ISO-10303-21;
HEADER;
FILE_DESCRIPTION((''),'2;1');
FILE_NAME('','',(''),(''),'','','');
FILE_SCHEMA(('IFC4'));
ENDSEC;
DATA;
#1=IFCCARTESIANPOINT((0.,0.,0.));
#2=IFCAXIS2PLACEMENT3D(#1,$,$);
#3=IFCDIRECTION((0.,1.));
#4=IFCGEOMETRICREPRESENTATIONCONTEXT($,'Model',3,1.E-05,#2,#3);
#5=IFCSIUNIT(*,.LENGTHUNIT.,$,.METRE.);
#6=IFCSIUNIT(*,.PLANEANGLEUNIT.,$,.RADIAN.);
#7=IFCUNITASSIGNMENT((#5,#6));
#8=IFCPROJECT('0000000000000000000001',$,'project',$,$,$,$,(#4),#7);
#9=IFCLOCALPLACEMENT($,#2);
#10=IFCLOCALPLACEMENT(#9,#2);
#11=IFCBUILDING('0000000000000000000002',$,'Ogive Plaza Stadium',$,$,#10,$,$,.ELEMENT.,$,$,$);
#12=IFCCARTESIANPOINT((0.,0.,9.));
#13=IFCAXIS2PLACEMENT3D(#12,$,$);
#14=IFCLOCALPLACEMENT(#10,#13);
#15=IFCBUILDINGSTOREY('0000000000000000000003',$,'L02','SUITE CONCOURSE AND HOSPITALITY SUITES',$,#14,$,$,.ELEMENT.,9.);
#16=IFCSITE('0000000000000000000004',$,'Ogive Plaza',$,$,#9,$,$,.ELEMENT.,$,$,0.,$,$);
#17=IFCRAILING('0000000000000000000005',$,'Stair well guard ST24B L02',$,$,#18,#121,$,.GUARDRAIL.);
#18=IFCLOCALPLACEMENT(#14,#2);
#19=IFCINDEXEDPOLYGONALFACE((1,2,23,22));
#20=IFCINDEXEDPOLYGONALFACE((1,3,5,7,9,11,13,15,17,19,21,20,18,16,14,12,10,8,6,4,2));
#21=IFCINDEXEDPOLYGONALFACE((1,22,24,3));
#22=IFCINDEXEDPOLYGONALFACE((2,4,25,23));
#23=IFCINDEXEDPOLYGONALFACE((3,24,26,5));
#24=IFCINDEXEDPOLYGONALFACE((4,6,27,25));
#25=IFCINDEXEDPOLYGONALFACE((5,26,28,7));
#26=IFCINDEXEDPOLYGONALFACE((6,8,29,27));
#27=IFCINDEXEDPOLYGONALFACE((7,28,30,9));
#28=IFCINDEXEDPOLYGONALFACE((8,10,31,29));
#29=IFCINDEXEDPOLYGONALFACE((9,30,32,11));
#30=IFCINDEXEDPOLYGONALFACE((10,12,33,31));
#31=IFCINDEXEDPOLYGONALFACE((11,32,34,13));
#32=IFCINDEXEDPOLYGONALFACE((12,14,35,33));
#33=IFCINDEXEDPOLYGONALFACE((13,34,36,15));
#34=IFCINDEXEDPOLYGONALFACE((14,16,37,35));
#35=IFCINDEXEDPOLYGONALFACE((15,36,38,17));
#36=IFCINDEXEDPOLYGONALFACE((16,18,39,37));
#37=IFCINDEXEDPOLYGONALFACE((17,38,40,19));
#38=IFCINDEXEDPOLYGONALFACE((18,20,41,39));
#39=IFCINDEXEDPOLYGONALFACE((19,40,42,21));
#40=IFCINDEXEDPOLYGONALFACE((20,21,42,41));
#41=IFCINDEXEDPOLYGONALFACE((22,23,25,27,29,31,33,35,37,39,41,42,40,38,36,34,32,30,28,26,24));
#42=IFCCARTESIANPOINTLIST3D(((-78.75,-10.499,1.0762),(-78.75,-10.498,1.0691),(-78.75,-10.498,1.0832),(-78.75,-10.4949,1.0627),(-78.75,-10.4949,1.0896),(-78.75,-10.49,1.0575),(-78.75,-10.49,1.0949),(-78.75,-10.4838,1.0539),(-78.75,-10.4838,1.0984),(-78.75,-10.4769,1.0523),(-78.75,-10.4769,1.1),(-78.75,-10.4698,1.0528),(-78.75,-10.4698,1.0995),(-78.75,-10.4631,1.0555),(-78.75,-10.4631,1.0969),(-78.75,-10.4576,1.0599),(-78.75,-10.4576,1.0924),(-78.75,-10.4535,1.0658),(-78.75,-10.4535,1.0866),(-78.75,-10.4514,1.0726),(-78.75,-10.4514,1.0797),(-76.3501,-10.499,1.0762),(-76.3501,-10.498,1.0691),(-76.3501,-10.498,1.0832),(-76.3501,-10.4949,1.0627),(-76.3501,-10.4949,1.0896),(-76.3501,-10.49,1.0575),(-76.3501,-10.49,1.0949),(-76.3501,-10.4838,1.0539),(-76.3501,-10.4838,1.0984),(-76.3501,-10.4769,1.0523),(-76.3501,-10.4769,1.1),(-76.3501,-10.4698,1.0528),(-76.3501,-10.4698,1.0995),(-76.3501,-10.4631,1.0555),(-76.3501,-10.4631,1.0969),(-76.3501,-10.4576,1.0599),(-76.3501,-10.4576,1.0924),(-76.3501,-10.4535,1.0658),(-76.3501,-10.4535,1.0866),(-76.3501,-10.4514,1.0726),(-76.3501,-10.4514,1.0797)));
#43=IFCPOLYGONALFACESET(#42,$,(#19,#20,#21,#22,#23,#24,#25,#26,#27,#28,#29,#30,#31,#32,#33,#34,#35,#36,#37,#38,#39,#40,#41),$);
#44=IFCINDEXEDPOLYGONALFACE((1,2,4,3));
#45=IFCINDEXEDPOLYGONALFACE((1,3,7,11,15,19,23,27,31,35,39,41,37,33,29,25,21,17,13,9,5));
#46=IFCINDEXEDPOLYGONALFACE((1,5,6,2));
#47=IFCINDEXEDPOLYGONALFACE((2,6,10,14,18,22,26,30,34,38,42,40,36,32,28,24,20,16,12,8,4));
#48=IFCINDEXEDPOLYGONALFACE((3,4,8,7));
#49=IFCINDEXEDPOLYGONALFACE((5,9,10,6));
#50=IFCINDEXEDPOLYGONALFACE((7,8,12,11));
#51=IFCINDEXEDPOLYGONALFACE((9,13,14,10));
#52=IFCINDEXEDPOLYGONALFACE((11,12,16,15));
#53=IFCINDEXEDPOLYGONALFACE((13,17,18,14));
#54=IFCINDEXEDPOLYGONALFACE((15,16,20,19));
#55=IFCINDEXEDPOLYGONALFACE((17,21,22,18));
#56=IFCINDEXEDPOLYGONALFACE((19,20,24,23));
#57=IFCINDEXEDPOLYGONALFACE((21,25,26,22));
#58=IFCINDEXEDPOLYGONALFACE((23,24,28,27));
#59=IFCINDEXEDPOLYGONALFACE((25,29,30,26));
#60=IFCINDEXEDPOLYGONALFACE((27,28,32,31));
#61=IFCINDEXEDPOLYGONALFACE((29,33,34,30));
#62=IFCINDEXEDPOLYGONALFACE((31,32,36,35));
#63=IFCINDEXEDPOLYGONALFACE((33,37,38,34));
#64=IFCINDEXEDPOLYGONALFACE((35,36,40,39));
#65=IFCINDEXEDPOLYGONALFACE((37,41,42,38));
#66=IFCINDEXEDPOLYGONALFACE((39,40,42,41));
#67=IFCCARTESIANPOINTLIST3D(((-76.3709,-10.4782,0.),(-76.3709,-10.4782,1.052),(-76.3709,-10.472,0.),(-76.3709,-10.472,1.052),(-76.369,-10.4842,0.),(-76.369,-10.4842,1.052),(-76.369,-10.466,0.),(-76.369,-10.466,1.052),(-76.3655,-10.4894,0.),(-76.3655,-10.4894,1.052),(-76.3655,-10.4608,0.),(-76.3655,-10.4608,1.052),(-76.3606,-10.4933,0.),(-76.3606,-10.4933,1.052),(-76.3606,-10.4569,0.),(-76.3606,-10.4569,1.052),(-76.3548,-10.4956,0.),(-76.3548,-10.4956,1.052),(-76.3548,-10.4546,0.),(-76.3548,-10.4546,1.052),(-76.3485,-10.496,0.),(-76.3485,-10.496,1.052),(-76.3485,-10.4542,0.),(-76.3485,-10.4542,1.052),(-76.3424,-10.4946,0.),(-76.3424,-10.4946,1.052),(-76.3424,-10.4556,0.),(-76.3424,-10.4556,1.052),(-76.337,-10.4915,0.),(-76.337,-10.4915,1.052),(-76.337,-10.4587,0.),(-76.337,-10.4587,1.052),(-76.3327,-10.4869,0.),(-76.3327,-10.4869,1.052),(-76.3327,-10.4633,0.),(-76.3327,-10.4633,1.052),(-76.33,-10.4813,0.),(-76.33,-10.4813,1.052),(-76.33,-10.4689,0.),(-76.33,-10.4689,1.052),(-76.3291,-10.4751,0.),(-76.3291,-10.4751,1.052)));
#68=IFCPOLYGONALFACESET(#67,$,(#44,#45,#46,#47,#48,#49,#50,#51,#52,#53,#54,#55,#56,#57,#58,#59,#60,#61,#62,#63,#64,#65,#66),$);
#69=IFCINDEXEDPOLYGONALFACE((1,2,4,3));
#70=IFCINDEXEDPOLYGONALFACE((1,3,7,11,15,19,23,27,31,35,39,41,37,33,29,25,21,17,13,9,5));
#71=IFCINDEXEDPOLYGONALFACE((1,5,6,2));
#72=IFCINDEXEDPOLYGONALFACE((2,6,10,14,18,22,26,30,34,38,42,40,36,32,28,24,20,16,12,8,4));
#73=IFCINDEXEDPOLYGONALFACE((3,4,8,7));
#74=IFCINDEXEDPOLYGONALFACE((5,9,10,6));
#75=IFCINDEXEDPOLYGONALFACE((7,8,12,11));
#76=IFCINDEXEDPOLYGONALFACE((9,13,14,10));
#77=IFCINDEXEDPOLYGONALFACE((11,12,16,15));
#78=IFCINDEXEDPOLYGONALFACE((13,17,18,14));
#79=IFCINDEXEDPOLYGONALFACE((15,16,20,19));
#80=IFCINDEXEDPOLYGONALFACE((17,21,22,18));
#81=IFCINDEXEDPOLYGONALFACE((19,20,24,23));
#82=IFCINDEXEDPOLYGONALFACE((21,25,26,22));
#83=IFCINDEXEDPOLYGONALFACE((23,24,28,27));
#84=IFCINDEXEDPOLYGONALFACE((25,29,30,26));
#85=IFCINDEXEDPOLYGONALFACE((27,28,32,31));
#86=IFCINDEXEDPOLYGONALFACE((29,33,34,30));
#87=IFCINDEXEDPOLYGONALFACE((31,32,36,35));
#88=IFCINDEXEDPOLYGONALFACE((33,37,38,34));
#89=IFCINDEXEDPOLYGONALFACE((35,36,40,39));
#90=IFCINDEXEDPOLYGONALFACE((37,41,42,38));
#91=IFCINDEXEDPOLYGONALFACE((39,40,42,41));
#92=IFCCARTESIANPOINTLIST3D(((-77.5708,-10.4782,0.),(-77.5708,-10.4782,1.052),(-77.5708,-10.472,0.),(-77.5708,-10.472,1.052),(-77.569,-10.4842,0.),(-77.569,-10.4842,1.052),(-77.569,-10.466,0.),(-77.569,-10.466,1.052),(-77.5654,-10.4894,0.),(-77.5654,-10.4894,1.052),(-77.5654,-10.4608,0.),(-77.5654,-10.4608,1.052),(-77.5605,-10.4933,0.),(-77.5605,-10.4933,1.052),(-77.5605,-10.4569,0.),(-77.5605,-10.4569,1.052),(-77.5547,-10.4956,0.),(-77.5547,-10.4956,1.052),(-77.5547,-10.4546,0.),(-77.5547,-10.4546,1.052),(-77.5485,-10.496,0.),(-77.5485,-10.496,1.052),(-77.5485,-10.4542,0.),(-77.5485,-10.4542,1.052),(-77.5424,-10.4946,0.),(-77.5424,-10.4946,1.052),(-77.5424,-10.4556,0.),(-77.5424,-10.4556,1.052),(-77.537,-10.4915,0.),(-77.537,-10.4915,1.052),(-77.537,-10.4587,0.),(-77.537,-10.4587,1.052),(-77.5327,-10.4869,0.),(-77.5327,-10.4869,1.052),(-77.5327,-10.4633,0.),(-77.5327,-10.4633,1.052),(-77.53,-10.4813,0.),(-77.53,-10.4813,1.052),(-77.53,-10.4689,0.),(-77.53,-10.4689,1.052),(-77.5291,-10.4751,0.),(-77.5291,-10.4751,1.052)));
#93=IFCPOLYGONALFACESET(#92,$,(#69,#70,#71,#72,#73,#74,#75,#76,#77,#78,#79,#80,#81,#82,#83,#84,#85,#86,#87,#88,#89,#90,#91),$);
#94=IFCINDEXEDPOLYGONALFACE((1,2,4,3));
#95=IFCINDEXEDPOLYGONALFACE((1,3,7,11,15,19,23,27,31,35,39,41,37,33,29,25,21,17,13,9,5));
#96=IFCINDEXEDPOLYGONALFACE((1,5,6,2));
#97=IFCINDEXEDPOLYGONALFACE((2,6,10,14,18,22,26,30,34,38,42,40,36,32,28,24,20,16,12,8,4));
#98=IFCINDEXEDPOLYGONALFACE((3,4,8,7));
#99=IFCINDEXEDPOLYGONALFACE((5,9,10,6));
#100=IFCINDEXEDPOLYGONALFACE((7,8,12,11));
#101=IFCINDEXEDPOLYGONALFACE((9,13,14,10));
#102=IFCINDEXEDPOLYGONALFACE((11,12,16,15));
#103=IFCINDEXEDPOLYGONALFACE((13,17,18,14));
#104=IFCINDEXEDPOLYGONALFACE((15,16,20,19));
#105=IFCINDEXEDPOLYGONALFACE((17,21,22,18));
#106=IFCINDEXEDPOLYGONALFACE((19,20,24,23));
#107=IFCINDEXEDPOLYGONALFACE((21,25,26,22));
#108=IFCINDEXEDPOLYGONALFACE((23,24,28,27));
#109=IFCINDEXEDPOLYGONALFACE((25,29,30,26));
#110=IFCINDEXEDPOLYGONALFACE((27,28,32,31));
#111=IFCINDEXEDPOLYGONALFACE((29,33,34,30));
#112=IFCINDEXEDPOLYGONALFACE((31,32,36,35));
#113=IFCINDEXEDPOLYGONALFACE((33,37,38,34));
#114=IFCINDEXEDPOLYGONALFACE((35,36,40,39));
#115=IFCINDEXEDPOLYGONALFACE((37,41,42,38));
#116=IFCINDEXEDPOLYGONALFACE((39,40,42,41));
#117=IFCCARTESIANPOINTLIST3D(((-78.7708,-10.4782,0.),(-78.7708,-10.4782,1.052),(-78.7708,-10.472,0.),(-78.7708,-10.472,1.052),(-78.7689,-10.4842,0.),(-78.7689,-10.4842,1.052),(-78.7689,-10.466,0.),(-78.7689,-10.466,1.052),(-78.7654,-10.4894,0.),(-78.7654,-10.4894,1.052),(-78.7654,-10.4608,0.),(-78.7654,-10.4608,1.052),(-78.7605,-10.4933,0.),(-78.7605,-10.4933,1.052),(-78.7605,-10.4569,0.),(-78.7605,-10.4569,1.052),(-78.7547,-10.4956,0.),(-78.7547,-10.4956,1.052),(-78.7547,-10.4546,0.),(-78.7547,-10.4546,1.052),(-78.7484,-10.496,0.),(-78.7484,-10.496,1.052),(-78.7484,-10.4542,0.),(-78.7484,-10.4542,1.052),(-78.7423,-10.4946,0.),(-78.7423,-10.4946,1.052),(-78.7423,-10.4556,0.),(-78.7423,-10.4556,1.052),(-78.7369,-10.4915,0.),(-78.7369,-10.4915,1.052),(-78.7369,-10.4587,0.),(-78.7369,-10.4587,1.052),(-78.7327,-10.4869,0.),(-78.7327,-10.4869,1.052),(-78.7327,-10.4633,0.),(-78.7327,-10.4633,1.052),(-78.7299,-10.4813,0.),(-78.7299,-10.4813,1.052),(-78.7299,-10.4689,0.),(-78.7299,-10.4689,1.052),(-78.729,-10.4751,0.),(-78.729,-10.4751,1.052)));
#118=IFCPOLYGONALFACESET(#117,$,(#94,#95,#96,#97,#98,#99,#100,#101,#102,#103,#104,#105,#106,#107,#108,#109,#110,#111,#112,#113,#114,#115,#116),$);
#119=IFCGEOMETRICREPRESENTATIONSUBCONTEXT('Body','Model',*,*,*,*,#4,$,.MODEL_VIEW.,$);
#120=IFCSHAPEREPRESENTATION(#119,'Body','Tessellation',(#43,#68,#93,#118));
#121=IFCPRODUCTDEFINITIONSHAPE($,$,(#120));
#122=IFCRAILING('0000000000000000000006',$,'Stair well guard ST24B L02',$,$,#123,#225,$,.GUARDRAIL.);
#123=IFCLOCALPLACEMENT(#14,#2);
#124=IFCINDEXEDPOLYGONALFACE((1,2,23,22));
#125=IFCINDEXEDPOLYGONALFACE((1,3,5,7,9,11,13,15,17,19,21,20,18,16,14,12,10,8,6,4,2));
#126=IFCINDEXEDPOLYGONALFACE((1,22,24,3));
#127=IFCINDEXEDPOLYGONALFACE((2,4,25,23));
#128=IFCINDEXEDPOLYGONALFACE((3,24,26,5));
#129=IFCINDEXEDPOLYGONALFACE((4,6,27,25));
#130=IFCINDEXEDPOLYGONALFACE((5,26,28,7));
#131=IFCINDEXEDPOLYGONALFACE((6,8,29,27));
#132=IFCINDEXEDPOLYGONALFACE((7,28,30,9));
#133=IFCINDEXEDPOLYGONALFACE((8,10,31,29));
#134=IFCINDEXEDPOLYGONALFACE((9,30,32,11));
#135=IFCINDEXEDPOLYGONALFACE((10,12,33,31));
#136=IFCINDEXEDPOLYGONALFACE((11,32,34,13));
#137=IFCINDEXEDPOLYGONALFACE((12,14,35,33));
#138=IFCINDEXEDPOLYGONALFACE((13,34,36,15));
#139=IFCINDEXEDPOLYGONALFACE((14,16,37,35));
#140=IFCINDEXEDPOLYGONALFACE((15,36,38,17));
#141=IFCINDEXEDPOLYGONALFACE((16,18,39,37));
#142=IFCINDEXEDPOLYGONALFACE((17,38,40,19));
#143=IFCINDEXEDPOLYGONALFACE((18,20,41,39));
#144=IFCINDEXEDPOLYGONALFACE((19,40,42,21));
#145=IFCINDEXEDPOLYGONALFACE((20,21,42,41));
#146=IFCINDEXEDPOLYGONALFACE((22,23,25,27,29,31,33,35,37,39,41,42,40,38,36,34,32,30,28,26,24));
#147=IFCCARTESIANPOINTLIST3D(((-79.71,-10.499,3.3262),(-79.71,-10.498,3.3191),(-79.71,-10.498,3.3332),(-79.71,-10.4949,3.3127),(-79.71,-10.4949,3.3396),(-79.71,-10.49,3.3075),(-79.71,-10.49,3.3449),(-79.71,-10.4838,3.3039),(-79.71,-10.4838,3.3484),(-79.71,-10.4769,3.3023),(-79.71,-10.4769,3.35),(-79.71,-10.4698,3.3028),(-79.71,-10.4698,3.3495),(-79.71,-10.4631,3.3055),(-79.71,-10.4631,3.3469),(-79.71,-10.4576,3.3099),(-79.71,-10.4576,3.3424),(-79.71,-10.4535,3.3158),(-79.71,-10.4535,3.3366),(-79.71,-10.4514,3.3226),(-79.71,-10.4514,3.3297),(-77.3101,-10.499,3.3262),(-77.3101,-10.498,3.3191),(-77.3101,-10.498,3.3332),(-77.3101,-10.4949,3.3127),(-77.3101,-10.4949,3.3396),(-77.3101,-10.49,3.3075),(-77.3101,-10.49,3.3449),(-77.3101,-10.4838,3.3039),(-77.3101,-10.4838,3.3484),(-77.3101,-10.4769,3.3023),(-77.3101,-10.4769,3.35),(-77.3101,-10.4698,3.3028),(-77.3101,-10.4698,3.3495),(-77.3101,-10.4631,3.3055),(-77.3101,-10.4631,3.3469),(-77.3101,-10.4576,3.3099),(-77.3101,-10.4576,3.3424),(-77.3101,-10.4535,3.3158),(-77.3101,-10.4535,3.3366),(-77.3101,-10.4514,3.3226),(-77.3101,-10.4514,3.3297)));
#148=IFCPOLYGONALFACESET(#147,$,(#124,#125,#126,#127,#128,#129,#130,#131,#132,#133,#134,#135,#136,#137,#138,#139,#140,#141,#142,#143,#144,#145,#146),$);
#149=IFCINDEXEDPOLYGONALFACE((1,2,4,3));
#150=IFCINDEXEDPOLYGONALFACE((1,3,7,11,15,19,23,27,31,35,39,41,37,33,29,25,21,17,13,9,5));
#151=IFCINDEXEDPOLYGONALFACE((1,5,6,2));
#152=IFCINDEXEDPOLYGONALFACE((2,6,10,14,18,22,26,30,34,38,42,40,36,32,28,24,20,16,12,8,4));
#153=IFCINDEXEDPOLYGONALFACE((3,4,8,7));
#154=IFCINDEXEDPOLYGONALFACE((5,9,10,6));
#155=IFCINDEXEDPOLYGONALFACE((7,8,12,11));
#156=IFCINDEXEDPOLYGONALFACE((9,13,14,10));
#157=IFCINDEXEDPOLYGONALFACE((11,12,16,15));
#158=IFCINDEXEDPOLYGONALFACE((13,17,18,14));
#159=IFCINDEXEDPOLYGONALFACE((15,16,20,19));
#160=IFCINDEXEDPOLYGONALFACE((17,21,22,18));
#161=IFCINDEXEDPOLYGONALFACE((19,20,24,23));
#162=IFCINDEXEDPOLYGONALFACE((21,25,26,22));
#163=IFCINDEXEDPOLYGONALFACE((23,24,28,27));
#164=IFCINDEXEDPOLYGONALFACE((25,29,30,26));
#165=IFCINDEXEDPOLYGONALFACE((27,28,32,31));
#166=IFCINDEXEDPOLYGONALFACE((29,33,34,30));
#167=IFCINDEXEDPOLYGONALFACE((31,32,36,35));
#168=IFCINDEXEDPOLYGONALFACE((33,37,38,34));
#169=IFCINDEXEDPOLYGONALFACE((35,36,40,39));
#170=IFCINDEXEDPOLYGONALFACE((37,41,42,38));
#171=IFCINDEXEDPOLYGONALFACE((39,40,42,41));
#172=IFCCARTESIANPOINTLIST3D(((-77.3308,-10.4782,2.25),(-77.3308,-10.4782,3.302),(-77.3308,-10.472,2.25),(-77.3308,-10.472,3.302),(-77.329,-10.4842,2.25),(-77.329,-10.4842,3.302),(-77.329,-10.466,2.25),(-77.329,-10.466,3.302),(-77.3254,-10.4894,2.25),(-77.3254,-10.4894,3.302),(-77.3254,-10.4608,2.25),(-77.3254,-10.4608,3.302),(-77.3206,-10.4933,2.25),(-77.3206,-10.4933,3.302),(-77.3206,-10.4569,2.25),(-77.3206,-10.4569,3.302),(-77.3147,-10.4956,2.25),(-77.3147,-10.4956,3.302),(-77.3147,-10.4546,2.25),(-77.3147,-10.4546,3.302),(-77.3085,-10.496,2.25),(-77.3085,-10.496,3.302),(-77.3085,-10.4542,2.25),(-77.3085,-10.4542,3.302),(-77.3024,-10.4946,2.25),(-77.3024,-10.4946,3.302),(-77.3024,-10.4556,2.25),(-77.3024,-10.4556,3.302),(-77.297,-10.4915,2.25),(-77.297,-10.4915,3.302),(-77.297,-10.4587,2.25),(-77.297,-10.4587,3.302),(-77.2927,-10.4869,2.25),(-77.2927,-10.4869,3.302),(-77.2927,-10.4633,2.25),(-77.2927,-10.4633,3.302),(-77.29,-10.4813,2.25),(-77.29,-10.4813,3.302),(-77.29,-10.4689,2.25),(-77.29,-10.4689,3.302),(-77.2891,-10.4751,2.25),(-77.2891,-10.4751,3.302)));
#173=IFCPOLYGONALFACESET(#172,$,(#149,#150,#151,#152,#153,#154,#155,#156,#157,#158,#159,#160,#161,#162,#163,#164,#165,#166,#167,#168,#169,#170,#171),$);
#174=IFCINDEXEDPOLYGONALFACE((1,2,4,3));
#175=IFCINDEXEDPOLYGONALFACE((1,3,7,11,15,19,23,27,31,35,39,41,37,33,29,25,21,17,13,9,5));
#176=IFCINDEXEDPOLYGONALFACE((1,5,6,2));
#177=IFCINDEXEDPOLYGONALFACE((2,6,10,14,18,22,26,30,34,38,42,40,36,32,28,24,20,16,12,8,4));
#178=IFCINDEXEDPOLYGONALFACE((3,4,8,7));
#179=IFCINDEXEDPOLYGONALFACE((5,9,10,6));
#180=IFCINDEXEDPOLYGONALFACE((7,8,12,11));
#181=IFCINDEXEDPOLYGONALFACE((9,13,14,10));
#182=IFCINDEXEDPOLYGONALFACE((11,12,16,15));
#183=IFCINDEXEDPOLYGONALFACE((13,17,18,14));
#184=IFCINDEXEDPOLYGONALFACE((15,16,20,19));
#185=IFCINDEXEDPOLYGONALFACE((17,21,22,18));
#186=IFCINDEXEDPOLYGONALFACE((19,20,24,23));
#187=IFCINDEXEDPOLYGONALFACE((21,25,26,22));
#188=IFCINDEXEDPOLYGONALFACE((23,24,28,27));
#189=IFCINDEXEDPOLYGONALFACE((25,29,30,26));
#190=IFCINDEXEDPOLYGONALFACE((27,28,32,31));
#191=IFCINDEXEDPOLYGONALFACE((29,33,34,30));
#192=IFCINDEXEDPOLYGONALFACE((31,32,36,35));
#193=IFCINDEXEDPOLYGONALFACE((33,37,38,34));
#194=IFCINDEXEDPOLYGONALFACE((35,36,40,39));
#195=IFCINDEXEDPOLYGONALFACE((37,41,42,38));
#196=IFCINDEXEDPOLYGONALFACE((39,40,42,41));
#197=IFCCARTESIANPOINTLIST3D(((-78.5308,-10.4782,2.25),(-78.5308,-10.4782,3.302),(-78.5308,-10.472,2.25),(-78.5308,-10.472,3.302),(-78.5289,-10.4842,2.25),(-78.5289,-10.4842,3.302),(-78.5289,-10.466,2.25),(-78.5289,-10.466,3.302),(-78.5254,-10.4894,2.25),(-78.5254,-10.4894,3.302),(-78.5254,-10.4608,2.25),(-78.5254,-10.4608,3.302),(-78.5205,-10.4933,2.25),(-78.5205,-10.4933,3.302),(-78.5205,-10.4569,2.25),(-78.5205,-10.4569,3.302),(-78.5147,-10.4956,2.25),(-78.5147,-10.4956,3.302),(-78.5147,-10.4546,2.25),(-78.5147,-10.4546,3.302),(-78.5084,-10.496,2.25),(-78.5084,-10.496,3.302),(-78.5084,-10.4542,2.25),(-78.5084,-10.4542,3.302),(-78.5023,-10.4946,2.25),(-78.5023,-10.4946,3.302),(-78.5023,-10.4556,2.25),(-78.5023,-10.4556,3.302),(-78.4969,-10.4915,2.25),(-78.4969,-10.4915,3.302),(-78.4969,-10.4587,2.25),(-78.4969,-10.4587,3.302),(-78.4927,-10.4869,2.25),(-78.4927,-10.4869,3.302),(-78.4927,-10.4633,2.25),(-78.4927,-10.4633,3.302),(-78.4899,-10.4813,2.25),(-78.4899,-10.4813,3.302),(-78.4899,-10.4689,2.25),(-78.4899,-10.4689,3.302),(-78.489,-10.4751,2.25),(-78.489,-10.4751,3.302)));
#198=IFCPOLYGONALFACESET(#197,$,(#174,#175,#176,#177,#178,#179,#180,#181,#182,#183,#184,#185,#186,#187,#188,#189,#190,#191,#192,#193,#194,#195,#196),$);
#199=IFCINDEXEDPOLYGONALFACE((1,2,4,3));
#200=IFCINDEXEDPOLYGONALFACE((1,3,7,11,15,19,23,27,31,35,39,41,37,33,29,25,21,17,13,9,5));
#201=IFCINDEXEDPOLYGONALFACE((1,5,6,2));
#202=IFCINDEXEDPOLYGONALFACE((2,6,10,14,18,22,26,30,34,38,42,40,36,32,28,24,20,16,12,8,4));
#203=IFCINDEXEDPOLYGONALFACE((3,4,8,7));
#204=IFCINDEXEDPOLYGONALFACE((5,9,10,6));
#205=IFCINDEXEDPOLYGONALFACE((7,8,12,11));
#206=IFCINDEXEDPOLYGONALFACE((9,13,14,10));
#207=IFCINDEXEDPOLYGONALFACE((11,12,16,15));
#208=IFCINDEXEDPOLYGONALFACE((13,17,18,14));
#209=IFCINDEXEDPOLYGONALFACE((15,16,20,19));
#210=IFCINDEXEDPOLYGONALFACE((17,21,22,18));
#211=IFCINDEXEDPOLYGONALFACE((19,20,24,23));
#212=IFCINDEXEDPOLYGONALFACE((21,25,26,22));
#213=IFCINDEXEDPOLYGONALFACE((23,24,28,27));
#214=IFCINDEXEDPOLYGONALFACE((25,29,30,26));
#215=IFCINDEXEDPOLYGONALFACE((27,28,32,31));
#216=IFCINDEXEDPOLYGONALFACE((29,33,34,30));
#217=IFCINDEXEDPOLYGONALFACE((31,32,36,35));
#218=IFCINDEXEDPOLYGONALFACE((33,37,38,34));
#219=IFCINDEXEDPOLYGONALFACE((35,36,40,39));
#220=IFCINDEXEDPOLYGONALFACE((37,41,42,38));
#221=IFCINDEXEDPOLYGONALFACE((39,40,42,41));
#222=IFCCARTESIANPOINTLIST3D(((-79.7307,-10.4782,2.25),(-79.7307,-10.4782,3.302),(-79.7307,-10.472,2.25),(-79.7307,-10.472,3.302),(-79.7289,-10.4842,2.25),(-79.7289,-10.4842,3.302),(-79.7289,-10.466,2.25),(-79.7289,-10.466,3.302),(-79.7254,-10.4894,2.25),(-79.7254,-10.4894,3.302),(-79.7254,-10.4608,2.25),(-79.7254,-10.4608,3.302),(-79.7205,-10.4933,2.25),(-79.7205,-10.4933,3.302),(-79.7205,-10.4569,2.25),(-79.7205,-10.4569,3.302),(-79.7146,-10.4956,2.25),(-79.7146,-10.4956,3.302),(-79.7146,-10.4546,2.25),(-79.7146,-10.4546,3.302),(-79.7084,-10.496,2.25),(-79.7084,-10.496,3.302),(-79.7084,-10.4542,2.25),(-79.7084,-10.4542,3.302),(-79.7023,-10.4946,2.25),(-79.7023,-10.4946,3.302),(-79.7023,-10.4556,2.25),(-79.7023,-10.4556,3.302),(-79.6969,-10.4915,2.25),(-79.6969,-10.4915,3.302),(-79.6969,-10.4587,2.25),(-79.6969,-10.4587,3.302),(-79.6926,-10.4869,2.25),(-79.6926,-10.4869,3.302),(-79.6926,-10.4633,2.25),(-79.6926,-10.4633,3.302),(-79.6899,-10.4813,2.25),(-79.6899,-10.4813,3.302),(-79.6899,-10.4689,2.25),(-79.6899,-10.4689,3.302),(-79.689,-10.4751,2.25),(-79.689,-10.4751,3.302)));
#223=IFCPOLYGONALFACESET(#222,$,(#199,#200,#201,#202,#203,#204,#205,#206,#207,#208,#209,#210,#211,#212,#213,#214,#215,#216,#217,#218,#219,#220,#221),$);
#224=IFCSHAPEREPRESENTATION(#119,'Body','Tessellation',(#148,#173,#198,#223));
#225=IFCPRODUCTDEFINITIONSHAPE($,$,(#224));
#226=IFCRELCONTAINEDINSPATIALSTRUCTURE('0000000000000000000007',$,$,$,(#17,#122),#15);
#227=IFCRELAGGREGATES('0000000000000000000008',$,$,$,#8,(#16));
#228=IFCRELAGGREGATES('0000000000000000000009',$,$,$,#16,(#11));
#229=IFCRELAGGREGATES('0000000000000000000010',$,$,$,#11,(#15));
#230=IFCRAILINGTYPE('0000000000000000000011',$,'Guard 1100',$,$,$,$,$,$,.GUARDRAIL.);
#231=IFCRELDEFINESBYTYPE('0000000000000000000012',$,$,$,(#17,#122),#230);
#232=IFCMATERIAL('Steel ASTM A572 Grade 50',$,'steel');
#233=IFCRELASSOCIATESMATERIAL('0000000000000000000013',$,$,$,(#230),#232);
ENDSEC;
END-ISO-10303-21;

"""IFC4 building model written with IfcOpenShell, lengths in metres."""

from ifc_helpers import new_model, si_unit, direction, frame, origin, origin_2d, place, context, subcontext, project, spatial, circle, extrude, material, type_object, element, save


model = new_model("IFC4")

# Units and contexts
model_context = context("Model", 3, precision=1e-05, world=origin(), true_north=direction((0.0, 1.0)))
body_context = subcontext(model_context, "Body", "Model", "MODEL_VIEW")
ifc_project = project(units=[si_unit("LENGTHUNIT", "METRE"), si_unit("PLANEANGLEUNIT", "RADIAN")], contexts=[model_context])

# Site, building, storey
site_placement = place(None, origin())
site = spatial("IfcSite", under=ifc_project, at=site_placement, Name="Ogive Plaza", CompositionType="ELEMENT", RefElevation=0.0)
building_placement = place(site_placement, origin())
building = spatial("IfcBuilding", under=site, at=building_placement, Name="Ogive Plaza Stadium", CompositionType="ELEMENT")
storey_placement = place(building_placement, frame((0.0, 0.0, 9.0)))
storey = spatial("IfcBuildingStorey", under=building, at=storey_placement, Name="L02", Description="SUITE CONCOURSE AND HOSPITALITY SUITES", CompositionType="ELEMENT", Elevation=9.0)

# Railings
ifc_material_1 = material(Name="Steel ASTM A572 Grade 50", Category="steel")
railing_type_1 = type_object("IfcRailingType", Name="Guard 1100", PredefinedType="GUARDRAIL", material=ifc_material_1)
for number, where, name in (
    (1, (-76.3501, -10.4751, 0.0), "Stair well guard ST24B L02"),
    (2, (-77.3101, -10.4751, 2.25), "Stair well guard ST24B L02"),
):
    element("IfcRailing", number, at=place(storey_placement, frame(where)), inside=storey, type_object=railing_type_1, Name=name, PredefinedType="GUARDRAIL", context=body_context, shape_type="SweptSolid", body=[
        extrude(circle(Radius=0.0239, at=origin_2d()), frame((0.0, 0.0, 1.0762), z_axis=(-1.0, 0.0, 0.0), x_axis=(0.0, -1.0, 0.0)), (0.0, 0.0, 1.0), 2.3999),
        extrude(circle(Radius=0.021, at=origin_2d()), origin(), (0.0, 0.0, 1.0), 1.052),
        extrude(circle(Radius=0.021, at=origin_2d()), frame((-1.2, 0.0, 0.0)), (0.0, 0.0, 1.0), 1.052),
        extrude(circle(Radius=0.021, at=origin_2d()), frame((-2.3999, 0.0, 0.0)), (0.0, 0.0, 1.0), 1.052),
    ])

save(model, "model.ifc")
